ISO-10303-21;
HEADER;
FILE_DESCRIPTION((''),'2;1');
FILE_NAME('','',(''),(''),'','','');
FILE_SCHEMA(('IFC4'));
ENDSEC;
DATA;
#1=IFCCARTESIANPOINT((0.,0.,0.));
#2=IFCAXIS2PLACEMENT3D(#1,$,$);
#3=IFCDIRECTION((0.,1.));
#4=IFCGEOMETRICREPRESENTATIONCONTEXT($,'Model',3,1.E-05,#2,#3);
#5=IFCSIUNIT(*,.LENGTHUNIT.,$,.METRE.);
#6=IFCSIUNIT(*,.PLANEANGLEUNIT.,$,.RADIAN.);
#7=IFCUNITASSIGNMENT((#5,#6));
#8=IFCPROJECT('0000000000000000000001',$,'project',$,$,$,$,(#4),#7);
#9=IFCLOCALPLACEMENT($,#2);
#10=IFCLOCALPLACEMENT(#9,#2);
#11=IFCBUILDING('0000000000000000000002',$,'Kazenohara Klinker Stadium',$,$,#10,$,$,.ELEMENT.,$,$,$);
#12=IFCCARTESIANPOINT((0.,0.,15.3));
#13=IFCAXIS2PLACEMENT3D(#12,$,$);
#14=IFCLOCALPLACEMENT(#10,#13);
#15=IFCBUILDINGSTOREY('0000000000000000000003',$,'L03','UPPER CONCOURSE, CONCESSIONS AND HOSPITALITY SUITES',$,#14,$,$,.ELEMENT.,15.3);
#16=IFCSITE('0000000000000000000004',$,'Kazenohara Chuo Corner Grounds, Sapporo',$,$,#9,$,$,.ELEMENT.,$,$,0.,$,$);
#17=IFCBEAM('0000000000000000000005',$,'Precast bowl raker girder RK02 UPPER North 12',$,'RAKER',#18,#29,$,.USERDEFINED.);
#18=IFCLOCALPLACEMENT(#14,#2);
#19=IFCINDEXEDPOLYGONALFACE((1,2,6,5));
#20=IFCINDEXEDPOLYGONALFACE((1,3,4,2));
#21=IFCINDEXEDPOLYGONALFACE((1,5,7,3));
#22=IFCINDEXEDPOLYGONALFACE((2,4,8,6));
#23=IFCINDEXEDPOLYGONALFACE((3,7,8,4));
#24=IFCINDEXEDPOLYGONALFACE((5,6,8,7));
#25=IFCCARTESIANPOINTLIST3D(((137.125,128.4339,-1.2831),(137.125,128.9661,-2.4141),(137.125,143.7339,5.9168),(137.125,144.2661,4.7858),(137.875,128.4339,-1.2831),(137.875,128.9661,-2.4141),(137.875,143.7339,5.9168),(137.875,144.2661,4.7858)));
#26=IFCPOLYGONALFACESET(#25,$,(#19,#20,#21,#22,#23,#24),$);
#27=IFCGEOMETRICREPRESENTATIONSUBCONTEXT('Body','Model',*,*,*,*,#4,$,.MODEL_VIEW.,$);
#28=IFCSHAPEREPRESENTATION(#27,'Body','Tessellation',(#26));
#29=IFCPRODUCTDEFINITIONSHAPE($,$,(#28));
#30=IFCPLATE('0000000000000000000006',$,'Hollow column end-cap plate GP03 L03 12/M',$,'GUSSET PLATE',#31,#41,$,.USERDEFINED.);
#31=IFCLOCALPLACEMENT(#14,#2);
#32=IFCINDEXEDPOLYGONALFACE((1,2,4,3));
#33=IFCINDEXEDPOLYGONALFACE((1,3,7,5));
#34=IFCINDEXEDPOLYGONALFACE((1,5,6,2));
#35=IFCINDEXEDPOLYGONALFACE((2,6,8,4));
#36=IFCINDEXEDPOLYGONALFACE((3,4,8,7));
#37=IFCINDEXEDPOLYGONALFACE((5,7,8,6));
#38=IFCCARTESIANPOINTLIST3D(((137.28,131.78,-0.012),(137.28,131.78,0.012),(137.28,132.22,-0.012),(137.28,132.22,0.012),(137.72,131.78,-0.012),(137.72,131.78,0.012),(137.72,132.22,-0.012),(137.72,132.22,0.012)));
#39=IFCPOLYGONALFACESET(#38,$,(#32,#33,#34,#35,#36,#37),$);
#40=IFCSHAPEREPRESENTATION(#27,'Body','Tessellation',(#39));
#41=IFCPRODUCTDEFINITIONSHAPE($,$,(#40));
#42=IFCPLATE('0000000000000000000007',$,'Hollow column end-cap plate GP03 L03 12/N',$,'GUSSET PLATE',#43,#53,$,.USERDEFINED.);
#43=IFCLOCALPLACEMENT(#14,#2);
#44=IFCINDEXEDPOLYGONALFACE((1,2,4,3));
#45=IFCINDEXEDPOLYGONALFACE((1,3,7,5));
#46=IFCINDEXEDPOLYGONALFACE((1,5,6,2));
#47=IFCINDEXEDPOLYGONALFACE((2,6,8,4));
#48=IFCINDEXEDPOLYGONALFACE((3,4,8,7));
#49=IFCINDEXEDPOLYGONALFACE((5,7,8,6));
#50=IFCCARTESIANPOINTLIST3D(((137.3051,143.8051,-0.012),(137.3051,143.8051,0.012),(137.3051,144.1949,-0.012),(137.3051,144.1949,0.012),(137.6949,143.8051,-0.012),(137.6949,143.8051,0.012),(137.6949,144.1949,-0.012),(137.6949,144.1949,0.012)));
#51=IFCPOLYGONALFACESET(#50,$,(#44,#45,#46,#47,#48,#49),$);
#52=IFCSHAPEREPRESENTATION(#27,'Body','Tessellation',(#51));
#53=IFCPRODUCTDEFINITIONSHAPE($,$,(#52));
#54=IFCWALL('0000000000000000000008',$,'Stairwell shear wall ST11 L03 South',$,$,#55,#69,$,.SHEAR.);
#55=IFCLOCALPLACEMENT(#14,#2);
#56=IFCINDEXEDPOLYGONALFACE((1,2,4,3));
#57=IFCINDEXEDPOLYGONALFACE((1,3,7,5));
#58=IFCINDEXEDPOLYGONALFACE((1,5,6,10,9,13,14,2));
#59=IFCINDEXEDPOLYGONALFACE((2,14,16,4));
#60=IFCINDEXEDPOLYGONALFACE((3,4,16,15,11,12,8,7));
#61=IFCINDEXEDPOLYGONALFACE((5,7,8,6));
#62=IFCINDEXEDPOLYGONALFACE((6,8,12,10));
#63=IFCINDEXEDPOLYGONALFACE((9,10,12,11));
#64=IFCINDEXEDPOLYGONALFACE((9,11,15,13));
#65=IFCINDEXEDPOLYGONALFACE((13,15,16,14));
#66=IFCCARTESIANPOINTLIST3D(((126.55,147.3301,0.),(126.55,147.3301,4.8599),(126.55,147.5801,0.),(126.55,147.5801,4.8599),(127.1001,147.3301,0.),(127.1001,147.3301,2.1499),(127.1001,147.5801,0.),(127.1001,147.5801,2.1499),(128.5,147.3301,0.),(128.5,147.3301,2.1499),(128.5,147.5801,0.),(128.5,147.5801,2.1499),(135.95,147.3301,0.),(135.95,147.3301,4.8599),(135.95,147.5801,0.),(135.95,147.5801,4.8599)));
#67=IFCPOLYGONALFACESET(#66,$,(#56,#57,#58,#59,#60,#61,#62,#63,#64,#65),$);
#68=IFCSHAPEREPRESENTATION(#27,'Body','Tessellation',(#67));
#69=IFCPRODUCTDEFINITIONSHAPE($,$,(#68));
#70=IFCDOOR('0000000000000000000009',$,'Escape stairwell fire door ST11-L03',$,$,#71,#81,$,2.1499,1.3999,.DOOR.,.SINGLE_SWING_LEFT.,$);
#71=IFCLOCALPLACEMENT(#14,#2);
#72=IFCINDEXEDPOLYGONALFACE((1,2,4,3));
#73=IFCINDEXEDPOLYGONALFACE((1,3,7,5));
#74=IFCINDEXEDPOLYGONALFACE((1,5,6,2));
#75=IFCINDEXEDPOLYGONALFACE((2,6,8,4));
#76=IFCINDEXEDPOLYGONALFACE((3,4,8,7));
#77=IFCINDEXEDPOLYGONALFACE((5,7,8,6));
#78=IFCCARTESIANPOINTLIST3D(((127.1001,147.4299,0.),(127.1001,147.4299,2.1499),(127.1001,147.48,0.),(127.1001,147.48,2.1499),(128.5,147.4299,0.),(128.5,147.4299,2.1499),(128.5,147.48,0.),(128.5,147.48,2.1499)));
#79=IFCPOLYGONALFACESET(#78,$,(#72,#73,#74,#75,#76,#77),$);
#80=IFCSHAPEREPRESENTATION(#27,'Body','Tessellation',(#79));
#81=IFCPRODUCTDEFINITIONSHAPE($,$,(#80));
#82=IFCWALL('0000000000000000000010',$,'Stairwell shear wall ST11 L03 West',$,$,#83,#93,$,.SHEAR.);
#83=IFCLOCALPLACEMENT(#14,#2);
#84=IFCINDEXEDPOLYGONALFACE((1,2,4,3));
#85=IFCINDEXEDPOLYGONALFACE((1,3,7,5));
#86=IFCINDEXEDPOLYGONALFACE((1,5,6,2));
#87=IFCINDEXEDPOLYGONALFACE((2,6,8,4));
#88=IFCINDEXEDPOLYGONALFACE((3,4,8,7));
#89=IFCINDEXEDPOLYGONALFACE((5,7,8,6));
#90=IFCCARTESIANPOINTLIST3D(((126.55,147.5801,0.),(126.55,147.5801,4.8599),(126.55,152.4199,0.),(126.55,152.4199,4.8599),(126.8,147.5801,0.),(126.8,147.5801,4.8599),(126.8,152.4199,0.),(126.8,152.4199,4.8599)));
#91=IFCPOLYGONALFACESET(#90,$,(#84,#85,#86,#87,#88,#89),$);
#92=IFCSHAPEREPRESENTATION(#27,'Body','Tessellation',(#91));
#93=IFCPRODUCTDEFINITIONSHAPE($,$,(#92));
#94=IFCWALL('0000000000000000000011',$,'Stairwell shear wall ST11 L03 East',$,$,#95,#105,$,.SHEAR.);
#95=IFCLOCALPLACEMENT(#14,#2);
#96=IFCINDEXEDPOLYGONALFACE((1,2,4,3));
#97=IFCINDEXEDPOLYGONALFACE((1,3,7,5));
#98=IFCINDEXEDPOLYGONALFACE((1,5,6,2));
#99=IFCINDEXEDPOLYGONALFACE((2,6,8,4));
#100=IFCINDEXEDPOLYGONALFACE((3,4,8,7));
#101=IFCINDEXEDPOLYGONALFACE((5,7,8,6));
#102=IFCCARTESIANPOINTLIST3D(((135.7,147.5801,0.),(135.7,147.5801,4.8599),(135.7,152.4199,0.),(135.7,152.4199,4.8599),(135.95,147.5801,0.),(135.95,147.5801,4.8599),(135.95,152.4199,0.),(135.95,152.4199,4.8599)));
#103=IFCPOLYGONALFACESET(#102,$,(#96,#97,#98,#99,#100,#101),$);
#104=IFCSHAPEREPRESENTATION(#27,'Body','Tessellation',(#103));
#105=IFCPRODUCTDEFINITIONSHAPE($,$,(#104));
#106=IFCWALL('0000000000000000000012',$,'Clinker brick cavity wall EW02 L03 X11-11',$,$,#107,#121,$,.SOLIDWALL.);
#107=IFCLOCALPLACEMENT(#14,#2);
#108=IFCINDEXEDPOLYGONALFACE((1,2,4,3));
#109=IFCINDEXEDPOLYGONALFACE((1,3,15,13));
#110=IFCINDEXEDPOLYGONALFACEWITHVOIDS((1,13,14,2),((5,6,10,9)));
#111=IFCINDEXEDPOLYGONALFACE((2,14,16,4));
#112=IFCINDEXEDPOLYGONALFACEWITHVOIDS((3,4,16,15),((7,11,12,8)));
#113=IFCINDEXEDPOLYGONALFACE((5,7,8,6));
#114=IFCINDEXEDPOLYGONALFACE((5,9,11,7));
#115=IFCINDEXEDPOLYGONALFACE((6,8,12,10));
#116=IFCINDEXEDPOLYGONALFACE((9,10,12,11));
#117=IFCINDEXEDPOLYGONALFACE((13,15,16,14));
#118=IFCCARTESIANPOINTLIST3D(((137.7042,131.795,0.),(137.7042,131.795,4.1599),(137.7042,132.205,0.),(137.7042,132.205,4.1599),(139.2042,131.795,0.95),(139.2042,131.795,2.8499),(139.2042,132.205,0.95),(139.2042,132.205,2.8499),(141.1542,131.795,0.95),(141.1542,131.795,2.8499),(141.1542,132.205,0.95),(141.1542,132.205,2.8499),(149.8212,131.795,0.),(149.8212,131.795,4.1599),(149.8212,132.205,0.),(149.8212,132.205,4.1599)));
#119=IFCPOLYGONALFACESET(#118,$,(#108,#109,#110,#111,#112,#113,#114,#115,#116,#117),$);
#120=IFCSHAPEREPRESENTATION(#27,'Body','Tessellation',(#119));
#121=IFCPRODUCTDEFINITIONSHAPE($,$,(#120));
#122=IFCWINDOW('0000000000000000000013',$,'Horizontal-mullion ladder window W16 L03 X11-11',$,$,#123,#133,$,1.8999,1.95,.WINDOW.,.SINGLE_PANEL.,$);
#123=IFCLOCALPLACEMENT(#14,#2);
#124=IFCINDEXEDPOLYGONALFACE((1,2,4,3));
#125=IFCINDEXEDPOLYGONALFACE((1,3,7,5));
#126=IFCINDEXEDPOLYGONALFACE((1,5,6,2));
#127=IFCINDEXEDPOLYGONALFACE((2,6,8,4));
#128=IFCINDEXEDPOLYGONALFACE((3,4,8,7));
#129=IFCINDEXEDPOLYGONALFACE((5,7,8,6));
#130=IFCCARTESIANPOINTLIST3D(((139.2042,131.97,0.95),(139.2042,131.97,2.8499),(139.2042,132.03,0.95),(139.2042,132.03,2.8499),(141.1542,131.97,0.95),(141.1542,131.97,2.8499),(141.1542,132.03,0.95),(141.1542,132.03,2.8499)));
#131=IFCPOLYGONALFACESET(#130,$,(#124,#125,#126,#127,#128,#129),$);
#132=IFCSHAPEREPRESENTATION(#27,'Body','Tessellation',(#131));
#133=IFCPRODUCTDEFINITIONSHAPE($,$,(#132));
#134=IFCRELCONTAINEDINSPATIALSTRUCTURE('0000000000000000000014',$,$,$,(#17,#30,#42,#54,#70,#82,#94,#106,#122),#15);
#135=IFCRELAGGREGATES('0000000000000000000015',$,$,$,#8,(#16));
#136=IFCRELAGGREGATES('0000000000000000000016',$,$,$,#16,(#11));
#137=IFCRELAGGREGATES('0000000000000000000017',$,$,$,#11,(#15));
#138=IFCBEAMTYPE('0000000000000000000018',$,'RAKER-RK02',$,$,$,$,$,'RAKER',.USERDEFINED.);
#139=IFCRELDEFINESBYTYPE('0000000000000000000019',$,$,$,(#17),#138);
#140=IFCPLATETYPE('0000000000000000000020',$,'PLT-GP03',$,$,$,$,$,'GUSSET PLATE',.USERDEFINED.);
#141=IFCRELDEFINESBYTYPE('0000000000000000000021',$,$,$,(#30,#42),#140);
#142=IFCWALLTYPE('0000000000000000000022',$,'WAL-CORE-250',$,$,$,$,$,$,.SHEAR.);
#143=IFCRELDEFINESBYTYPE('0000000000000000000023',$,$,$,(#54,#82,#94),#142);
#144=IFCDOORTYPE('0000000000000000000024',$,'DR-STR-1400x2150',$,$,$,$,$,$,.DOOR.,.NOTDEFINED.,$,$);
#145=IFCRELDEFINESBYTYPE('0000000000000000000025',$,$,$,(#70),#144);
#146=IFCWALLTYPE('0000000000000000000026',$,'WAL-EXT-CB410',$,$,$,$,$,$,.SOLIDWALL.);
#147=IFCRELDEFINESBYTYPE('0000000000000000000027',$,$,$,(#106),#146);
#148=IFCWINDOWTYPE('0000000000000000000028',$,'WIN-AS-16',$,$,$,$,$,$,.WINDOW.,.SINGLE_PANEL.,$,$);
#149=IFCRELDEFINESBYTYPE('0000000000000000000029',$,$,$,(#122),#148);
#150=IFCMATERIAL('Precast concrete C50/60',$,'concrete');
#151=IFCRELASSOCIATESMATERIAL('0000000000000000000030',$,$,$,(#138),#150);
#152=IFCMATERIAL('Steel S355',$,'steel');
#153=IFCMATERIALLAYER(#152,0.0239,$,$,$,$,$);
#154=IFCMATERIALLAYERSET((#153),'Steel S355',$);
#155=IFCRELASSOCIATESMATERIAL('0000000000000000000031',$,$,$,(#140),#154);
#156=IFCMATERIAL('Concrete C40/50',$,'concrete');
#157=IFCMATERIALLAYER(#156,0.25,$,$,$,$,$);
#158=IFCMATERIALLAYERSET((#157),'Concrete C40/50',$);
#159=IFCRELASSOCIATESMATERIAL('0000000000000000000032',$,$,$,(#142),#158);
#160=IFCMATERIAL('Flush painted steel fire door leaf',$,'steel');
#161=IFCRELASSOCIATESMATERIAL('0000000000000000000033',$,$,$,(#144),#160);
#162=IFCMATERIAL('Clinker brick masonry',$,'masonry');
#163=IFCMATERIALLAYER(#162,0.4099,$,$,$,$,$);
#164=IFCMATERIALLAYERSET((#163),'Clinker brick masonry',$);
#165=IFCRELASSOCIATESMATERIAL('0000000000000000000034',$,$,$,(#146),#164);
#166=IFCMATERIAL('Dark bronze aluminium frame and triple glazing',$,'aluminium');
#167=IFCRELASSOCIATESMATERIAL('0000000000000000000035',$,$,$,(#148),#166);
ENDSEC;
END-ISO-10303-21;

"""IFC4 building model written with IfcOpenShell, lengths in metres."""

from ifc_helpers import new_model, si_unit, direction, frame, frame_2d, origin, origin_2d, place, context, subcontext, project, spatial, rectangle, extrude, material, layer, layer_set, material_profile, profile_set, type_object, element, fill, save


model = new_model("IFC4")

# Units and contexts
model_context = context("Model", 3, precision=1e-05, world=origin(), true_north=direction((0.0, 1.0)))
body_context = subcontext(model_context, "Body", "Model", "MODEL_VIEW")
ifc_project = project(units=[si_unit("LENGTHUNIT", "METRE"), si_unit("PLANEANGLEUNIT", "RADIAN")], contexts=[model_context])

# Site, building, storey
site_placement = place(None, origin())
site = spatial("IfcSite", under=ifc_project, at=site_placement, Name="Kazenohara Chuo Corner Grounds, Sapporo", CompositionType="ELEMENT", RefElevation=0.0)
building_placement = place(site_placement, origin())
building = spatial("IfcBuilding", under=site, at=building_placement, Name="Kazenohara Klinker Stadium", CompositionType="ELEMENT")
storey_placement = place(building_placement, frame((0.0, 0.0, 15.3)))
storey = spatial("IfcBuildingStorey", under=building, at=storey_placement, Name="L03", Description="UPPER CONCOURSE, CONCESSIONS AND HOSPITALITY SUITES", CompositionType="ELEMENT", Elevation=15.3)

# Shared definitions
ifc_material_1 = material(Name="Steel S355", Category="steel")

# Beam
ifc_material_2 = material(Name="Precast concrete C50/60", Category="concrete")
ifc_material_profile_1 = material_profile(ifc_material_2, rectangle(XDim=0.75, YDim=1.25, at=origin_2d()), Name="PC-RAKER-750x1250")
ifc_profile_set_1 = profile_set([ifc_material_profile_1], Name="Precast concrete C50/60")
beam_type_1 = type_object("IfcBeamType", Name="RAKER-RK02", ElementType="RAKER", PredefinedType="USERDEFINED", material=ifc_profile_set_1)
beam_1_placement = place(storey_placement, frame((137.5, 144.0, 5.3513), z_axis=(0.0, -0.90482, -0.425794), x_axis=(1.0, 0.0, 0.0)))
element("IfcBeam", 1, at=beam_1_placement, inside=storey, type_object=beam_type_1, Name="Precast bowl raker girder RK02 UPPER North 12", ObjectType="RAKER", PredefinedType="USERDEFINED", context=body_context, shape_type="SweptSolid", body=[
    extrude(rectangle(XDim=0.75, YDim=1.25, at=origin_2d()), origin(), (0.0, 0.0, 1.0), 16.9094),
])

# Plates
ifc_layer_1 = layer(ifc_material_1, 0.0239)
ifc_layer_set_1 = layer_set([ifc_layer_1], Name="Steel S355")
plate_type = type_object("IfcPlateType", Name="PLT-GP03", ElementType="GUSSET PLATE", PredefinedType="USERDEFINED", material=ifc_layer_set_1)
plate_1_placement = place(storey_placement, frame((137.5, 132.0, -0.012), z_axis=(0.0, 0.0, 1.0), x_axis=(1.0, 0.0, 0.0)))
element("IfcPlate", 2, at=plate_1_placement, inside=storey, type_object=plate_type, Name="Hollow column end-cap plate GP03 L03 12/M", ObjectType="GUSSET PLATE", PredefinedType="USERDEFINED", context=body_context, shape_type="SweptSolid", body=[
    extrude(rectangle(XDim=0.4399, YDim=0.4399, at=origin_2d()), origin(), (0.0, 0.0, 1.0), 0.0239),
])
plate_2_placement = place(storey_placement, frame((137.5, 144.0, -0.012), z_axis=(0.0, 0.0, 1.0), x_axis=(1.0, 0.0, 0.0)))
element("IfcPlate", 3, at=plate_2_placement, inside=storey, type_object=plate_type, Name="Hollow column end-cap plate GP03 L03 12/N", ObjectType="GUSSET PLATE", PredefinedType="USERDEFINED", context=body_context, shape_type="SweptSolid", body=[
    extrude(rectangle(XDim=0.3899, YDim=0.3899, at=origin_2d()), origin(), (0.0, 0.0, 1.0), 0.0239),
])

# Wall, opening, door
ifc_material_3 = material(Name="Concrete C40/50", Category="concrete")
ifc_layer_2 = layer(ifc_material_3, 0.25)
ifc_layer_set_2 = layer_set([ifc_layer_2], Name="Concrete C40/50")
wall_type_1 = type_object("IfcWallType", Name="WAL-CORE-250", PredefinedType="SHEAR", material=ifc_layer_set_2)
wall_1_placement = place(storey_placement, frame((126.55, 147.4551, 0.0), z_axis=(0.0, 0.0, 1.0), x_axis=(1.0, 0.0, 0.0)))
wall_1 = element("IfcWall", 4, at=wall_1_placement, inside=storey, type_object=wall_type_1, Name="Stairwell shear wall ST11 L03 South", PredefinedType="SHEAR", context=body_context, shape_type="SweptSolid", body=[
    extrude(rectangle(XDim=9.3999, YDim=0.25, at=frame_2d((4.7, 0.0))), origin(), (0.0, 0.0, 1.0), 4.8599),
])
opening_1_placement = place(wall_1_placement, frame((0.55, 0.0, 0.0)))
opening_1 = element("IfcOpeningElement", 5, at=opening_1_placement, cuts=wall_1, PredefinedType="OPENING", context=body_context, shape_type="SweptSolid", body=[
    extrude(rectangle(XDim=1.3999, YDim=2.1499, at=frame_2d((0.7, 1.075))), frame((0.0, 0.135, 0.0), z_axis=(0.0, -1.0, 0.0), x_axis=(1.0, 0.0, 0.0)), (0.0, 0.0, 1.0), 0.27),
])
ifc_material_4 = material(Name="Flush painted steel fire door leaf", Category="steel")
door_type_1 = type_object("IfcDoorType", Name="DR-STR-1400x2150", OperationType="NOTDEFINED", PredefinedType="DOOR", material=ifc_material_4)
door_1_placement = place(opening_1_placement, origin())
door_1 = element("IfcDoor", 6, at=door_1_placement, inside=storey, type_object=door_type_1, Name="Escape stairwell fire door ST11-L03", OperationType="SINGLE_SWING_LEFT", OverallHeight=2.1499, OverallWidth=1.3999, PredefinedType="DOOR", context=body_context, shape_type="SweptSolid", body=[
    extrude(rectangle(XDim=1.3999, YDim=2.1499, at=frame_2d((0.7, 1.075))), frame((0.0, 0.0249, 0.0), z_axis=(0.0, -1.0, 0.0), x_axis=(1.0, 0.0, 0.0)), (0.0, 0.0, 1.0), 0.05),
])
fill(opening_1, door_1)

# Walls
for number, where, z_axis, x_axis, name in (
    (7, (126.675, 147.5801, 0.0), (0.0, 0.0, 1.0), (0.0, 1.0, 0.0), "Stairwell shear wall ST11 L03 West"),
    (8, (135.825, 147.5801, 0.0), (0.0, 0.0, 1.0), (0.0, 1.0, 0.0), "Stairwell shear wall ST11 L03 East"),
):
    element("IfcWall", number, at=place(storey_placement, frame(where, z_axis=z_axis, x_axis=x_axis)), inside=storey, type_object=wall_type_1, Name=name, PredefinedType="SHEAR", context=body_context, shape_type="SweptSolid", body=[
        extrude(rectangle(XDim=4.8398, YDim=0.25, at=frame_2d((2.4199, 0.0))), origin(), (0.0, 0.0, 1.0), 4.8599),
    ])

# Wall, opening, window
ifc_material_5 = material(Name="Clinker brick masonry", Category="masonry")
ifc_layer_3 = layer(ifc_material_5, 0.4099)
ifc_layer_set_3 = layer_set([ifc_layer_3], Name="Clinker brick masonry")
wall_type_2 = type_object("IfcWallType", Name="WAL-EXT-CB410", PredefinedType="SOLIDWALL", material=ifc_layer_set_3)
wall_2_placement = place(storey_placement, frame((137.7041, 132.0, 0.0), z_axis=(0.0, 0.0, 1.0), x_axis=(1.0, 0.0, 0.0)))
wall_2 = element("IfcWall", 9, at=wall_2_placement, inside=storey, type_object=wall_type_2, Name="Clinker brick cavity wall EW02 L03 X11-11", PredefinedType="SOLIDWALL", context=body_context, shape_type="SweptSolid", body=[
    extrude(rectangle(XDim=12.1169, YDim=0.4099, at=frame_2d((6.0586, 0.0))), origin(), (0.0, 0.0, 1.0), 4.1599),
])
opening_2_placement = place(wall_2_placement, frame((1.5, 0.0, 0.95)))
opening_2 = element("IfcOpeningElement", 10, at=opening_2_placement, cuts=wall_2, PredefinedType="OPENING", context=body_context, shape_type="SweptSolid", body=[
    extrude(rectangle(XDim=1.95, YDim=1.8999, at=frame_2d((0.9751, 0.95))), frame((0.0, 0.2148, 0.0), z_axis=(0.0, -1.0, 0.0), x_axis=(1.0, 0.0, 0.0)), (0.0, 0.0, 1.0), 0.4299),
])
ifc_material_6 = material(Name="Dark bronze aluminium frame and triple glazing", Category="aluminium")
window_type = type_object("IfcWindowType", Name="WIN-AS-16", PartitioningType="SINGLE_PANEL", PredefinedType="WINDOW", material=ifc_material_6)
window_placement = place(opening_2_placement, origin())
window = element("IfcWindow", 11, at=window_placement, inside=storey, type_object=window_type, Name="Horizontal-mullion ladder window W16 L03 X11-11", OverallHeight=1.8999, OverallWidth=1.95, PartitioningType="SINGLE_PANEL", PredefinedType="WINDOW", context=body_context, shape_type="SweptSolid", body=[
    extrude(rectangle(XDim=1.95, YDim=1.8999, at=frame_2d((0.9751, 0.95))), frame((0.0, 0.03, 0.0), z_axis=(0.0, -1.0, 0.0), x_axis=(1.0, 0.0, 0.0)), (0.0, 0.0, 1.0), 0.0601),
])
fill(opening_2, window)

save(model, "model.ifc")
